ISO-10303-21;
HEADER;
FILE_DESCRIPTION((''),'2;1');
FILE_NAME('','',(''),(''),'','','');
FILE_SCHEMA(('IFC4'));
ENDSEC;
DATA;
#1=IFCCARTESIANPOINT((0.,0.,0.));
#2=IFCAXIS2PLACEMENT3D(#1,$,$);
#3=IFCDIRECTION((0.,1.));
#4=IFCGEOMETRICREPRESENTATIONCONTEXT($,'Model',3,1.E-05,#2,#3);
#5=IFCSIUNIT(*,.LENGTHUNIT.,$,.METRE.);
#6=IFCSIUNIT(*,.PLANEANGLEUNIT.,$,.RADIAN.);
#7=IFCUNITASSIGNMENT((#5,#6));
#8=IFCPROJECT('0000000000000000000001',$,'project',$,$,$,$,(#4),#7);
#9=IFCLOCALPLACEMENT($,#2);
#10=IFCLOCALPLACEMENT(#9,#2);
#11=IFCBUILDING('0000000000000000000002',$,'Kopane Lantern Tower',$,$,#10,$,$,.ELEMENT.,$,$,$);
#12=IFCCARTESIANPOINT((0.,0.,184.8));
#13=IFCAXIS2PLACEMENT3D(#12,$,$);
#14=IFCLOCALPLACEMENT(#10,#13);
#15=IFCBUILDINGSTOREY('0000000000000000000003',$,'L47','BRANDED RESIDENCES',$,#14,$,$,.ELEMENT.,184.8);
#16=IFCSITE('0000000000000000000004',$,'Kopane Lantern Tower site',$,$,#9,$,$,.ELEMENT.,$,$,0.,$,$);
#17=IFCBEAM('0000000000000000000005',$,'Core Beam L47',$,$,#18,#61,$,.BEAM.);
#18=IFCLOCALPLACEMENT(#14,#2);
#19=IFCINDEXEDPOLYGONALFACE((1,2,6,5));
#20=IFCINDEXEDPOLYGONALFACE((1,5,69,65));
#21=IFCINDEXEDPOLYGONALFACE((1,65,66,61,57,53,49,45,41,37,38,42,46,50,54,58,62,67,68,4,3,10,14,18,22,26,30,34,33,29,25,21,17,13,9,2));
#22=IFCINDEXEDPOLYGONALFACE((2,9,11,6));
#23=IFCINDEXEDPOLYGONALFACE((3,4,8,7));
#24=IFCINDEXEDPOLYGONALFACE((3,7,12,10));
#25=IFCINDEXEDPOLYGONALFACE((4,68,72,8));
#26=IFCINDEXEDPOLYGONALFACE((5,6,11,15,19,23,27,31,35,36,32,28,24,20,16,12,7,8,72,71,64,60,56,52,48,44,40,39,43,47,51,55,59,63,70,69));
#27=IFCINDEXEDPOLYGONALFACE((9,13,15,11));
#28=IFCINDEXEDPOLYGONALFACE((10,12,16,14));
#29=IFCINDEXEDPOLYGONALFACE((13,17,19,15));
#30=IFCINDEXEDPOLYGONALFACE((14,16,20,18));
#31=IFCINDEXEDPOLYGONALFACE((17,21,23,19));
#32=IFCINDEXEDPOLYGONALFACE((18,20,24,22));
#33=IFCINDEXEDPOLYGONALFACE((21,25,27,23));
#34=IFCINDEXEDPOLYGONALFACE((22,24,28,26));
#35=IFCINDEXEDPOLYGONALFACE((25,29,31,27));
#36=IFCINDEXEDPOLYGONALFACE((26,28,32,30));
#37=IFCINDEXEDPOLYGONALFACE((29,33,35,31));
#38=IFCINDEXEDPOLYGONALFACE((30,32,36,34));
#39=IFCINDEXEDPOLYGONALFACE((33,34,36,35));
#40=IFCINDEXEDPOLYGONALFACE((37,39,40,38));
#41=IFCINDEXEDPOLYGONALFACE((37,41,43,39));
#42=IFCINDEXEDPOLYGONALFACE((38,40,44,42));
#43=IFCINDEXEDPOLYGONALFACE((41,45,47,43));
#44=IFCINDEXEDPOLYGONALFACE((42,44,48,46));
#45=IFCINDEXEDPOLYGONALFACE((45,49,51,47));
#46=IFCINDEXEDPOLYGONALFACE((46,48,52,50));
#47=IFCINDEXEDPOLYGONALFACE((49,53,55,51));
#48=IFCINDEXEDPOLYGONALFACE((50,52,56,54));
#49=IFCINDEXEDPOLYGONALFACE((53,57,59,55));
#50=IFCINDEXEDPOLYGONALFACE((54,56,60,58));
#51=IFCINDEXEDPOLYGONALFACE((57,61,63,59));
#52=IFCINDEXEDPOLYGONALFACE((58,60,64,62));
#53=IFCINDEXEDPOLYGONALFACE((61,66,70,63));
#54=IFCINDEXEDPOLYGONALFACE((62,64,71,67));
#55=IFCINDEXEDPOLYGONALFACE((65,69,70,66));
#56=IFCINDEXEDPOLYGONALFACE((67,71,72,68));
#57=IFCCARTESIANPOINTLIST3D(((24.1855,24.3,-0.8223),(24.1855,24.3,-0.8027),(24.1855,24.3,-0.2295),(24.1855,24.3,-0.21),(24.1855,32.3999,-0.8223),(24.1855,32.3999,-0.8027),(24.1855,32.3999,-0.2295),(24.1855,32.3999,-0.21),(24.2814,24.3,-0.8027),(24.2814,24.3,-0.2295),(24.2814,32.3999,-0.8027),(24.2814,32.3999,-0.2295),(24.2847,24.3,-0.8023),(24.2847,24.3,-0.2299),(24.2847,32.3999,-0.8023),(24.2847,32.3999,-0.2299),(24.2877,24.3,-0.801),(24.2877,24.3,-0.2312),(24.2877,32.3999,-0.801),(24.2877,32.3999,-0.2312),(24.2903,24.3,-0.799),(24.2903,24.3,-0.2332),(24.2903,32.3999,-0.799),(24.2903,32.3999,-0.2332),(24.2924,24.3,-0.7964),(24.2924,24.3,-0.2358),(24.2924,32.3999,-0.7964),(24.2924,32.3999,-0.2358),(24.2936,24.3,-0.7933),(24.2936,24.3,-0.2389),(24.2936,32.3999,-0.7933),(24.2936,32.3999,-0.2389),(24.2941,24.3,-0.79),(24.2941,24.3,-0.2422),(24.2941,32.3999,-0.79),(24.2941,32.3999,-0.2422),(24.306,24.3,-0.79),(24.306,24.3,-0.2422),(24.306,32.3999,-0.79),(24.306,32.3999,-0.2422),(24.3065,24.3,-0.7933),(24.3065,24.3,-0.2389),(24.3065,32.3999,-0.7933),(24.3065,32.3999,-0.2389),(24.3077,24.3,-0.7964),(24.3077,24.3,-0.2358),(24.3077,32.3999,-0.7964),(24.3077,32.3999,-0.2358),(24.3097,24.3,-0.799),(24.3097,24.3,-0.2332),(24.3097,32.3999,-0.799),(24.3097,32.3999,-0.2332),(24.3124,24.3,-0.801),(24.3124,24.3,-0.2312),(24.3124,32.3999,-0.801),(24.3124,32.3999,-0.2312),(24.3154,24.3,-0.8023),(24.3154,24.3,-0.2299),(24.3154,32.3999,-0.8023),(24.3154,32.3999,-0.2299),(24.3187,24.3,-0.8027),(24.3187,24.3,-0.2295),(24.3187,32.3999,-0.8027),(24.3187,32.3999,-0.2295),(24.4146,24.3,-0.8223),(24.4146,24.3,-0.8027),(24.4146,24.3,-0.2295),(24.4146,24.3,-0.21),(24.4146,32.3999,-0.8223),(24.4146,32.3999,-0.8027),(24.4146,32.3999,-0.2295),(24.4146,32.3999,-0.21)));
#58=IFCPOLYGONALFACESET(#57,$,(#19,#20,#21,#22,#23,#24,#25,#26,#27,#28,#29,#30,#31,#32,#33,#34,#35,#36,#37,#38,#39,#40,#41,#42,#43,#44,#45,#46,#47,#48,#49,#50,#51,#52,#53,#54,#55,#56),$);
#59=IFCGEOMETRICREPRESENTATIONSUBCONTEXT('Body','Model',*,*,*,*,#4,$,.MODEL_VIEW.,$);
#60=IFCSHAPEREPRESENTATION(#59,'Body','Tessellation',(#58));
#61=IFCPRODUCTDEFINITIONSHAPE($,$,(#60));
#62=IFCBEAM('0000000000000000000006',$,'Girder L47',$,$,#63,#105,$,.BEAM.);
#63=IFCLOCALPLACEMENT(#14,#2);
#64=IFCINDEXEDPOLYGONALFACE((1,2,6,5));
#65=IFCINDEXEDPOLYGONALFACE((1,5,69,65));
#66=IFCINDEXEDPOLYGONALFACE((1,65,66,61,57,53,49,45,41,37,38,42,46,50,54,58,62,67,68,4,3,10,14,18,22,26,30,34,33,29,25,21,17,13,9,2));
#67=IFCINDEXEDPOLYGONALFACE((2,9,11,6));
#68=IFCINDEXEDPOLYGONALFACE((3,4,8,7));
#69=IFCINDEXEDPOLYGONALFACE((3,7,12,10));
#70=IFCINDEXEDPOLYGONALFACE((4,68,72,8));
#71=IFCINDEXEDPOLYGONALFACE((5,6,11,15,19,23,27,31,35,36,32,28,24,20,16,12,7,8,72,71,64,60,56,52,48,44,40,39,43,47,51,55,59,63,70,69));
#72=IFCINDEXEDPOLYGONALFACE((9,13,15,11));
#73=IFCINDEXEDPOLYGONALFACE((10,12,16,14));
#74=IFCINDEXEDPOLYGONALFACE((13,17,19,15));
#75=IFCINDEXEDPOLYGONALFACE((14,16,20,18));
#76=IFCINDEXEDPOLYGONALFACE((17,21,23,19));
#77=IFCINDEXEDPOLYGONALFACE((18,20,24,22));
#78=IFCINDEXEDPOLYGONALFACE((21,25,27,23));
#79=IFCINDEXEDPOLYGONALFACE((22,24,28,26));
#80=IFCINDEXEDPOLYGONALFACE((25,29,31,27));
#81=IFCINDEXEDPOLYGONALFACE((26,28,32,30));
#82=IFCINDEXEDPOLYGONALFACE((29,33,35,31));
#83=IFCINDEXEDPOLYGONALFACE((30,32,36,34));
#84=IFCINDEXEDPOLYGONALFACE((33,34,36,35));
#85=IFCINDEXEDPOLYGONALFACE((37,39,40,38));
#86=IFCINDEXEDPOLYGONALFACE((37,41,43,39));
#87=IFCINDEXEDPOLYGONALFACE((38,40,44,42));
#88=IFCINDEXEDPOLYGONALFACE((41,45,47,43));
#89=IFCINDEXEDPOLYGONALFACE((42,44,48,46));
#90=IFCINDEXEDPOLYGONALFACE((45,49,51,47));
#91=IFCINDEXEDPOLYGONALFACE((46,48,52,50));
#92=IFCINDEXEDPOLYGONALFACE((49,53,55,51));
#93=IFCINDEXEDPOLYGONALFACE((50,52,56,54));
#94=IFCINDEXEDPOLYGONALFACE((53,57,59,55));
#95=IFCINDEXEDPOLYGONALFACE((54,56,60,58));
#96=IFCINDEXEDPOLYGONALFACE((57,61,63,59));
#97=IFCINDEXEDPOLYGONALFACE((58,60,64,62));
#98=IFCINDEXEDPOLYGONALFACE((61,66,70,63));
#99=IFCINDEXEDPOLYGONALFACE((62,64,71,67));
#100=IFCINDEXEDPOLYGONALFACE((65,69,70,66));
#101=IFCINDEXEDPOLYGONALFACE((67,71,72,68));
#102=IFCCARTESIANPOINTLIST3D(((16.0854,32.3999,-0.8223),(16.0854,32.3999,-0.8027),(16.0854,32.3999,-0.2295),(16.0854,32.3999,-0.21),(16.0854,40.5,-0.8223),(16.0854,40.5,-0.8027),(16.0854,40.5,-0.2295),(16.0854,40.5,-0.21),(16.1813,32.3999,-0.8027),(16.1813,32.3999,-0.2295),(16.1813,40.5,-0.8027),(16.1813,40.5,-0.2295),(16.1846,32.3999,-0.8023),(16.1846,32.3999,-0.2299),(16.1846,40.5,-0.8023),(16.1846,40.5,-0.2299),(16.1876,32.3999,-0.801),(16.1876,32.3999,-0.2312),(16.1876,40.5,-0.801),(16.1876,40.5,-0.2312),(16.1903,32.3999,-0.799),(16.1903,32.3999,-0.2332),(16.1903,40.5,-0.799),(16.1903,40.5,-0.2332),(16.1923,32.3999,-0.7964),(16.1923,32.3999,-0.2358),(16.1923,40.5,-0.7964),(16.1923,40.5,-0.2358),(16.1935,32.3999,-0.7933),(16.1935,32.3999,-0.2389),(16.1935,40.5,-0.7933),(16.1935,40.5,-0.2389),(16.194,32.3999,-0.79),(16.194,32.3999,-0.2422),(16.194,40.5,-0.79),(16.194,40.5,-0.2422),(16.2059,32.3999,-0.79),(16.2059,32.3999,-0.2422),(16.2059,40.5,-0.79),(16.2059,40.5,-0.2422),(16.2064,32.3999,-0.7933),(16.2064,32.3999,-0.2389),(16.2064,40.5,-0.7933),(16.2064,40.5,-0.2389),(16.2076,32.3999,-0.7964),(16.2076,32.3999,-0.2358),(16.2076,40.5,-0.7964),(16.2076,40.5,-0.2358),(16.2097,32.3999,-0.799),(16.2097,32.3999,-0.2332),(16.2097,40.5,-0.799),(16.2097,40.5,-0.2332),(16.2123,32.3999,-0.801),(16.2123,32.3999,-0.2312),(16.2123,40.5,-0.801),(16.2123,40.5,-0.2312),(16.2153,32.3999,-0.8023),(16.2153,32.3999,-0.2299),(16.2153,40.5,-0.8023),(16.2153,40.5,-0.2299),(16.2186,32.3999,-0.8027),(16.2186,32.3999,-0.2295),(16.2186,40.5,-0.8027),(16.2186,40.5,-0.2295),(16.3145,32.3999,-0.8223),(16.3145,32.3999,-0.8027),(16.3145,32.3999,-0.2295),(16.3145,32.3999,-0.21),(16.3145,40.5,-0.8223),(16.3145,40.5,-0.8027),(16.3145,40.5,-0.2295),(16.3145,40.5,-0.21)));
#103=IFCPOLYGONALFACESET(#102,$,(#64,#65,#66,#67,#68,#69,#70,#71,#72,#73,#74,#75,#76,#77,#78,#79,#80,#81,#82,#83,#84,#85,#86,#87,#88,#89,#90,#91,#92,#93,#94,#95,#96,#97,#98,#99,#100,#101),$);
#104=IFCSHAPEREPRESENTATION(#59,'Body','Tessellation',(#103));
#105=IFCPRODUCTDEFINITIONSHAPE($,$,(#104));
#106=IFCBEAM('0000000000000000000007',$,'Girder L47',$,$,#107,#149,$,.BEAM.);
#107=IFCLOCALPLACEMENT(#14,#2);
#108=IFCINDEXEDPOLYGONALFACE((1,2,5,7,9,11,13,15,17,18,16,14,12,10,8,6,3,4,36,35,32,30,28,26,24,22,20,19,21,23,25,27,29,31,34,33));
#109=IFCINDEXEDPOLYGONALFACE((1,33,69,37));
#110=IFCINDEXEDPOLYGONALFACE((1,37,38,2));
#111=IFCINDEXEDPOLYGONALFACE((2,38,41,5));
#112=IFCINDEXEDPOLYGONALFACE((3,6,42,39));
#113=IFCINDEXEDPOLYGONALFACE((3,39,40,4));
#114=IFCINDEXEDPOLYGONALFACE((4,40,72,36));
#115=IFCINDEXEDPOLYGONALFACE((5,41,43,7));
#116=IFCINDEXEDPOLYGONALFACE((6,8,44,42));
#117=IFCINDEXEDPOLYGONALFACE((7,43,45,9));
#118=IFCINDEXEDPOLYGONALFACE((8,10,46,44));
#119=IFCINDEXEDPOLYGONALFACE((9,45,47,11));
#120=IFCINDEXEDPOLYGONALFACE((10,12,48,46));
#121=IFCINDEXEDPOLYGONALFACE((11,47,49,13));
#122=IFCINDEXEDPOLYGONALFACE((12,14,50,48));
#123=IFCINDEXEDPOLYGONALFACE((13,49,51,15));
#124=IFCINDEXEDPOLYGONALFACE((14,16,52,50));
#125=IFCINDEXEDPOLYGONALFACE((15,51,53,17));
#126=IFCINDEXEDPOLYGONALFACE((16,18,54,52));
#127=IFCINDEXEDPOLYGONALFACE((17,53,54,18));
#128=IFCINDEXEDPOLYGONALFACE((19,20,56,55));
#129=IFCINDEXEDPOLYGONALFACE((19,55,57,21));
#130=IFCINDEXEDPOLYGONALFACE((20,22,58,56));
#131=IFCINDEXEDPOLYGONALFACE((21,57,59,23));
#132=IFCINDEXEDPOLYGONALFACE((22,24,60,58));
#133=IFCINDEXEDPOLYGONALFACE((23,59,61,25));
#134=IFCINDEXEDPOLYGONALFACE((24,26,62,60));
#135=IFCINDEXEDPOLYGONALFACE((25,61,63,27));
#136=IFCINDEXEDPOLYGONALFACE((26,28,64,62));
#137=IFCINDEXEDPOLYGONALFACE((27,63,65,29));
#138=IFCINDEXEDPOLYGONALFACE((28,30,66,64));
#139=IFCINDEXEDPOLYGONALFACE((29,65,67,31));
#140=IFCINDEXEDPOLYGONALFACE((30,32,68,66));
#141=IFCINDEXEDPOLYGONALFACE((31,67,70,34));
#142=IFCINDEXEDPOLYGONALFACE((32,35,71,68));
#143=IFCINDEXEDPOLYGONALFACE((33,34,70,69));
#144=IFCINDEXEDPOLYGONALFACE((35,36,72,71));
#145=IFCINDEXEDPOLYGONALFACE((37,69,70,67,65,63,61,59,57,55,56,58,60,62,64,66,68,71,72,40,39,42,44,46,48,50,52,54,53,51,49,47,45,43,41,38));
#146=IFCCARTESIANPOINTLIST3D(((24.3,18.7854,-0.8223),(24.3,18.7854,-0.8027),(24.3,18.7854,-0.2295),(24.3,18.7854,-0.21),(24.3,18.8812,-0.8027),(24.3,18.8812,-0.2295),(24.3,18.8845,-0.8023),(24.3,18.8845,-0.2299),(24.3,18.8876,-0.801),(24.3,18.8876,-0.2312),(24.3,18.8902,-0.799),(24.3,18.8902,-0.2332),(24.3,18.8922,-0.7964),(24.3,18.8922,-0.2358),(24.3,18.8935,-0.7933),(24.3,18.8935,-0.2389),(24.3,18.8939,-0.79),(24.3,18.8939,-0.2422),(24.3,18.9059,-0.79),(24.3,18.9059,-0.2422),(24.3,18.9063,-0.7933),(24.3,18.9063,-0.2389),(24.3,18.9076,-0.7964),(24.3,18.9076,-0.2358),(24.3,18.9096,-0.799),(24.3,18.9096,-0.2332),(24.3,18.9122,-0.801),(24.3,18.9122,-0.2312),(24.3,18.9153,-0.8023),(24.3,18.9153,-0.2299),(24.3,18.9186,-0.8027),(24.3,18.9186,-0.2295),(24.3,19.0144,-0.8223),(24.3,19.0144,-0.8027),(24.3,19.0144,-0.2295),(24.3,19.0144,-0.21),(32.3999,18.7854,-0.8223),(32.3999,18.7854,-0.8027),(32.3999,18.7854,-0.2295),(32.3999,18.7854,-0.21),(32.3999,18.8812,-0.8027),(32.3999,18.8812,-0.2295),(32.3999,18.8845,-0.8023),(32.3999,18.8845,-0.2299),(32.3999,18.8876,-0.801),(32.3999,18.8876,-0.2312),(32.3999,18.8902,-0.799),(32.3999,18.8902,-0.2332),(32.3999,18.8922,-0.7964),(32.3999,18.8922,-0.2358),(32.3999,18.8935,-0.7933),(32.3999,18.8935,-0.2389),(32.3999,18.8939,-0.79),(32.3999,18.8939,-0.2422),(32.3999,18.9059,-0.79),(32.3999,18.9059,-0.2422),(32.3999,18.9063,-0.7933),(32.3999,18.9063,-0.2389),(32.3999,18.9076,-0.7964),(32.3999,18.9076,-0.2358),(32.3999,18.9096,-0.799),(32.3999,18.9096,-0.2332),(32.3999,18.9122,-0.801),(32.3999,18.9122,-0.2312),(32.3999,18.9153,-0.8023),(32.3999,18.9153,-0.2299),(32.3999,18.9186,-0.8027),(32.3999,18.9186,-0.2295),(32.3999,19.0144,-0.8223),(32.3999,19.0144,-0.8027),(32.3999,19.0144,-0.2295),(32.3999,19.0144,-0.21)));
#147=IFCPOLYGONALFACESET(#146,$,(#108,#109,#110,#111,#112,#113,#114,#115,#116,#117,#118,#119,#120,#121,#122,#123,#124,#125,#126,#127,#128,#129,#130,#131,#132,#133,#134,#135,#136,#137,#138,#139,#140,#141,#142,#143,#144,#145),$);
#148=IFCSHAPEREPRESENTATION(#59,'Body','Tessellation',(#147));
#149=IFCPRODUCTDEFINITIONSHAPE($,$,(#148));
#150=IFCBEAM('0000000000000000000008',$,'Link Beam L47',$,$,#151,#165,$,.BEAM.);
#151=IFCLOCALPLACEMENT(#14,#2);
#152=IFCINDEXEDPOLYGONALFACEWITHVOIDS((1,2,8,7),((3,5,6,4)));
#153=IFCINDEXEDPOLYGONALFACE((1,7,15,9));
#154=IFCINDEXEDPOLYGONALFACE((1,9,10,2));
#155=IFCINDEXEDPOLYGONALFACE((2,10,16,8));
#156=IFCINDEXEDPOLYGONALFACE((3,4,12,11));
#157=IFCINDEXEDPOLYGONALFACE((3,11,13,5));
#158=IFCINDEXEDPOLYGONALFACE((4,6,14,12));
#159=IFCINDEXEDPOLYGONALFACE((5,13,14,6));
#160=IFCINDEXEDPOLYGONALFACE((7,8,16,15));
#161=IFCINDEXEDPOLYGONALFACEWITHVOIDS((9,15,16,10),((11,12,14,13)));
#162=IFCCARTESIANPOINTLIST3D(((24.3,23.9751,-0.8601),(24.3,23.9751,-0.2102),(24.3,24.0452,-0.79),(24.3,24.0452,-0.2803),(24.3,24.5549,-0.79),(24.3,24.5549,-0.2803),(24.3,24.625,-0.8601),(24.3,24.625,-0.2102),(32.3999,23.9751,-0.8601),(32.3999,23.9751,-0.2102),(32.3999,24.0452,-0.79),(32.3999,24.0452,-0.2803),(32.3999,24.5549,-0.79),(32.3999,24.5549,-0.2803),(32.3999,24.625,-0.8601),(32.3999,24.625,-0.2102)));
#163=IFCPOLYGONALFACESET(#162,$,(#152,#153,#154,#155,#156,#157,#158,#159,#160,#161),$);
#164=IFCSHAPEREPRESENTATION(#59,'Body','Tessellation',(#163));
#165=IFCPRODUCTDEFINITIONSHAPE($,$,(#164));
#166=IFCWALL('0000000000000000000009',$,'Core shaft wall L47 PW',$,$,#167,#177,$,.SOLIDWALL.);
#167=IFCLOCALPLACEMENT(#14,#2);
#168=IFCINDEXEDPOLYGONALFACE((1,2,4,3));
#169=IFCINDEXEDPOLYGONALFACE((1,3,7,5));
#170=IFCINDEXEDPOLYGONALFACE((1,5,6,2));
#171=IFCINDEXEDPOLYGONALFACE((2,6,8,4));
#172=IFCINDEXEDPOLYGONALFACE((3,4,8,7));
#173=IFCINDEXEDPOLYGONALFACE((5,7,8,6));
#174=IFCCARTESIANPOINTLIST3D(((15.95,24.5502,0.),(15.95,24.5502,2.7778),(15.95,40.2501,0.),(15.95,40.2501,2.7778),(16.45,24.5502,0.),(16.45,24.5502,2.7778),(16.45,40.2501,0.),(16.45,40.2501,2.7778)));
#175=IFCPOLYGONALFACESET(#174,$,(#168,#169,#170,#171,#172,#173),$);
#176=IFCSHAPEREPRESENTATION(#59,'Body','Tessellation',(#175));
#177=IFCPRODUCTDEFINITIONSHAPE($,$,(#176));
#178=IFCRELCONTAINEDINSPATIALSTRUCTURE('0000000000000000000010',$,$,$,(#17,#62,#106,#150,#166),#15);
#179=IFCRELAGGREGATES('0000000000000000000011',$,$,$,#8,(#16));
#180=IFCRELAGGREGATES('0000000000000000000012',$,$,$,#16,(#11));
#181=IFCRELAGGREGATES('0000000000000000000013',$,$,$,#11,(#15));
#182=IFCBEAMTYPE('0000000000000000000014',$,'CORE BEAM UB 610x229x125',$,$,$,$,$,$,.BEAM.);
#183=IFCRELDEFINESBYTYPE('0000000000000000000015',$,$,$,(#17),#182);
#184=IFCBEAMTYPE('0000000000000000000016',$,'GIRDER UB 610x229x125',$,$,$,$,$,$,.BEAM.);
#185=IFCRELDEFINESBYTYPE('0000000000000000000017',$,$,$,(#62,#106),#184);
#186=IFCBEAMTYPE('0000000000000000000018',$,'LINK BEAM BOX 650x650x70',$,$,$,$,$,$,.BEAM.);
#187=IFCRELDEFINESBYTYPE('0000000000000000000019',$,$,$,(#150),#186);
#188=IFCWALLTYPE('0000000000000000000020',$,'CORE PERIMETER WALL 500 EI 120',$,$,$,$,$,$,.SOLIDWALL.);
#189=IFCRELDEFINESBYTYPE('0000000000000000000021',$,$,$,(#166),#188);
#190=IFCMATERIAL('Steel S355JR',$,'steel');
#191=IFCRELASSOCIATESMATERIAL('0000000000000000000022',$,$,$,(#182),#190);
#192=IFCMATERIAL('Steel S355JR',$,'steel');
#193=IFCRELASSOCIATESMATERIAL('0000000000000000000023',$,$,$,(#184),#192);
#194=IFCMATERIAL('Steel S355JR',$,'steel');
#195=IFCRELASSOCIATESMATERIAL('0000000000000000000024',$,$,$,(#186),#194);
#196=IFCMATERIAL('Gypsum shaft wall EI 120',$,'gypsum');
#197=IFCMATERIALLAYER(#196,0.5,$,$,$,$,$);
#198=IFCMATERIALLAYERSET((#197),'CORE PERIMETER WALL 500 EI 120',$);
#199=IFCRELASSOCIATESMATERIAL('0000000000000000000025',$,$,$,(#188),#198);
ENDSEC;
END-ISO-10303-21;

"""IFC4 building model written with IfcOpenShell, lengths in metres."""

from ifc_helpers import new_model, si_unit, direction, frame, frame_2d, origin, origin_2d, place, context, subcontext, project, spatial, rectangle, hollow_rectangle, i_section, extrude, material, layer, layer_set, material_profile, profile_set, type_object, element, save


model = new_model("IFC4")

# Units and contexts
model_context = context("Model", 3, precision=1e-05, world=origin(), true_north=direction((0.0, 1.0)))
body_context = subcontext(model_context, "Body", "Model", "MODEL_VIEW")
ifc_project = project(units=[si_unit("LENGTHUNIT", "METRE"), si_unit("PLANEANGLEUNIT", "RADIAN")], contexts=[model_context])

# Site, building, storey
site_placement = place(None, origin())
site = spatial("IfcSite", under=ifc_project, at=site_placement, Name="Kopane Lantern Tower site", CompositionType="ELEMENT", RefElevation=0.0)
building_placement = place(site_placement, origin())
building = spatial("IfcBuilding", under=site, at=building_placement, Name="Kopane Lantern Tower", CompositionType="ELEMENT")
storey_placement = place(building_placement, frame((0.0, 0.0, 184.8)))
storey = spatial("IfcBuildingStorey", under=building, at=storey_placement, Name="L47", Description="BRANDED RESIDENCES", CompositionType="ELEMENT", Elevation=184.8)

# Beams
ifc_material_1 = material(Name="Steel S355JR", Category="steel")
ifc_material_profile_1 = material_profile(ifc_material_1, i_section(OverallWidth=0.229, OverallDepth=0.6123, WebThickness=0.012, FlangeThickness=0.0195, FilletRadius=0.0127, at=origin_2d()), Name="UB 610x229x125")
ifc_profile_set_1 = profile_set([ifc_material_profile_1], Name="Steel S355JR")
beam_type_1 = type_object("IfcBeamType", Name="CORE BEAM UB 610x229x125", PredefinedType="BEAM", material=ifc_profile_set_1)
beam_1_placement = place(storey_placement, frame((24.3, 24.3, -0.5161), z_axis=(0.0, 1.0, 0.0), x_axis=(-1.0, 0.0, 0.0)))
element("IfcBeam", 1, at=beam_1_placement, inside=storey, type_object=beam_type_1, Name="Core Beam L47", PredefinedType="BEAM", context=body_context, shape_type="SweptSolid", body=[
    extrude(i_section(OverallWidth=0.229, OverallDepth=0.6123, WebThickness=0.012, FlangeThickness=0.0195, FilletRadius=0.0127, at=origin_2d()), origin(), (0.0, 0.0, 1.0), 8.0999),
])
ifc_material_2 = material(Name="Steel S355JR", Category="steel")
ifc_material_profile_2 = material_profile(ifc_material_2, i_section(OverallWidth=0.229, OverallDepth=0.6123, WebThickness=0.012, FlangeThickness=0.0195, FilletRadius=0.0127, at=origin_2d()), Name="UB 610x229x125")
ifc_profile_set_2 = profile_set([ifc_material_profile_2], Name="Steel S355JR")
beam_type_2 = type_object("IfcBeamType", Name="GIRDER UB 610x229x125", PredefinedType="BEAM", material=ifc_profile_set_2)
beam_2_placement = place(storey_placement, frame((16.2, 32.3999, -0.5161), z_axis=(0.0, 1.0, 0.0), x_axis=(-1.0, 0.0, 0.0)))
element("IfcBeam", 2, at=beam_2_placement, inside=storey, type_object=beam_type_2, Name="Girder L47", PredefinedType="BEAM", context=body_context, shape_type="SweptSolid", body=[
    extrude(i_section(OverallWidth=0.229, OverallDepth=0.6123, WebThickness=0.012, FlangeThickness=0.0195, FilletRadius=0.0127, at=origin_2d()), origin(), (0.0, 0.0, 1.0), 8.1001),
])
beam_3_placement = place(storey_placement, frame((24.3, 18.8999, -0.5161), z_axis=(1.0, 0.0, 0.0), x_axis=(0.0, 1.0, 0.0)))
element("IfcBeam", 3, at=beam_3_placement, inside=storey, type_object=beam_type_2, Name="Girder L47", PredefinedType="BEAM", context=body_context, shape_type="SweptSolid", body=[
    extrude(i_section(OverallWidth=0.229, OverallDepth=0.6123, WebThickness=0.012, FlangeThickness=0.0195, FilletRadius=0.0127, at=origin_2d()), origin(), (0.0, 0.0, 1.0), 8.0999),
])
ifc_material_3 = material(Name="Steel S355JR", Category="steel")
ifc_material_profile_3 = material_profile(ifc_material_3, hollow_rectangle(XDim=0.6499, YDim=0.6499, WallThickness=0.0701, at=origin_2d()), Name="BOX 650x650x70")
ifc_profile_set_3 = profile_set([ifc_material_profile_3], Name="Steel S355JR")
beam_type_3 = type_object("IfcBeamType", Name="LINK BEAM BOX 650x650x70", PredefinedType="BEAM", material=ifc_profile_set_3)
beam_4_placement = place(storey_placement, frame((24.3, 24.3, -0.5352), z_axis=(1.0, 0.0, 0.0), x_axis=(0.0, 1.0, 0.0)))
element("IfcBeam", 4, at=beam_4_placement, inside=storey, type_object=beam_type_3, Name="Link Beam L47", PredefinedType="BEAM", context=body_context, shape_type="SweptSolid", body=[
    extrude(hollow_rectangle(XDim=0.6499, YDim=0.6499, WallThickness=0.0701, at=origin_2d()), origin(), (0.0, 0.0, 1.0), 8.0999),
])

# Wall
ifc_material_4 = material(Name="Gypsum shaft wall EI 120", Category="gypsum")
ifc_layer_1 = layer(ifc_material_4, 0.5)
ifc_layer_set_1 = layer_set([ifc_layer_1], Name="CORE PERIMETER WALL 500 EI 120")
wall_type_1 = type_object("IfcWallType", Name="CORE PERIMETER WALL 500 EI 120", PredefinedType="SOLIDWALL", material=ifc_layer_set_1)
wall_1_placement = place(storey_placement, frame((16.2, 24.55, 0.0), z_axis=(0.0, 0.0, 1.0), x_axis=(0.0, 1.0, 0.0)))
element("IfcWall", 5, at=wall_1_placement, inside=storey, type_object=wall_type_1, Name="Core shaft wall L47 PW", PredefinedType="SOLIDWALL", context=body_context, shape_type="SweptSolid", body=[
    extrude(rectangle(XDim=15.7, YDim=0.5, at=frame_2d((7.8501, 0.0))), origin(), (0.0, 0.0, 1.0), 2.7778),
])

save(model, "model.ifc")
